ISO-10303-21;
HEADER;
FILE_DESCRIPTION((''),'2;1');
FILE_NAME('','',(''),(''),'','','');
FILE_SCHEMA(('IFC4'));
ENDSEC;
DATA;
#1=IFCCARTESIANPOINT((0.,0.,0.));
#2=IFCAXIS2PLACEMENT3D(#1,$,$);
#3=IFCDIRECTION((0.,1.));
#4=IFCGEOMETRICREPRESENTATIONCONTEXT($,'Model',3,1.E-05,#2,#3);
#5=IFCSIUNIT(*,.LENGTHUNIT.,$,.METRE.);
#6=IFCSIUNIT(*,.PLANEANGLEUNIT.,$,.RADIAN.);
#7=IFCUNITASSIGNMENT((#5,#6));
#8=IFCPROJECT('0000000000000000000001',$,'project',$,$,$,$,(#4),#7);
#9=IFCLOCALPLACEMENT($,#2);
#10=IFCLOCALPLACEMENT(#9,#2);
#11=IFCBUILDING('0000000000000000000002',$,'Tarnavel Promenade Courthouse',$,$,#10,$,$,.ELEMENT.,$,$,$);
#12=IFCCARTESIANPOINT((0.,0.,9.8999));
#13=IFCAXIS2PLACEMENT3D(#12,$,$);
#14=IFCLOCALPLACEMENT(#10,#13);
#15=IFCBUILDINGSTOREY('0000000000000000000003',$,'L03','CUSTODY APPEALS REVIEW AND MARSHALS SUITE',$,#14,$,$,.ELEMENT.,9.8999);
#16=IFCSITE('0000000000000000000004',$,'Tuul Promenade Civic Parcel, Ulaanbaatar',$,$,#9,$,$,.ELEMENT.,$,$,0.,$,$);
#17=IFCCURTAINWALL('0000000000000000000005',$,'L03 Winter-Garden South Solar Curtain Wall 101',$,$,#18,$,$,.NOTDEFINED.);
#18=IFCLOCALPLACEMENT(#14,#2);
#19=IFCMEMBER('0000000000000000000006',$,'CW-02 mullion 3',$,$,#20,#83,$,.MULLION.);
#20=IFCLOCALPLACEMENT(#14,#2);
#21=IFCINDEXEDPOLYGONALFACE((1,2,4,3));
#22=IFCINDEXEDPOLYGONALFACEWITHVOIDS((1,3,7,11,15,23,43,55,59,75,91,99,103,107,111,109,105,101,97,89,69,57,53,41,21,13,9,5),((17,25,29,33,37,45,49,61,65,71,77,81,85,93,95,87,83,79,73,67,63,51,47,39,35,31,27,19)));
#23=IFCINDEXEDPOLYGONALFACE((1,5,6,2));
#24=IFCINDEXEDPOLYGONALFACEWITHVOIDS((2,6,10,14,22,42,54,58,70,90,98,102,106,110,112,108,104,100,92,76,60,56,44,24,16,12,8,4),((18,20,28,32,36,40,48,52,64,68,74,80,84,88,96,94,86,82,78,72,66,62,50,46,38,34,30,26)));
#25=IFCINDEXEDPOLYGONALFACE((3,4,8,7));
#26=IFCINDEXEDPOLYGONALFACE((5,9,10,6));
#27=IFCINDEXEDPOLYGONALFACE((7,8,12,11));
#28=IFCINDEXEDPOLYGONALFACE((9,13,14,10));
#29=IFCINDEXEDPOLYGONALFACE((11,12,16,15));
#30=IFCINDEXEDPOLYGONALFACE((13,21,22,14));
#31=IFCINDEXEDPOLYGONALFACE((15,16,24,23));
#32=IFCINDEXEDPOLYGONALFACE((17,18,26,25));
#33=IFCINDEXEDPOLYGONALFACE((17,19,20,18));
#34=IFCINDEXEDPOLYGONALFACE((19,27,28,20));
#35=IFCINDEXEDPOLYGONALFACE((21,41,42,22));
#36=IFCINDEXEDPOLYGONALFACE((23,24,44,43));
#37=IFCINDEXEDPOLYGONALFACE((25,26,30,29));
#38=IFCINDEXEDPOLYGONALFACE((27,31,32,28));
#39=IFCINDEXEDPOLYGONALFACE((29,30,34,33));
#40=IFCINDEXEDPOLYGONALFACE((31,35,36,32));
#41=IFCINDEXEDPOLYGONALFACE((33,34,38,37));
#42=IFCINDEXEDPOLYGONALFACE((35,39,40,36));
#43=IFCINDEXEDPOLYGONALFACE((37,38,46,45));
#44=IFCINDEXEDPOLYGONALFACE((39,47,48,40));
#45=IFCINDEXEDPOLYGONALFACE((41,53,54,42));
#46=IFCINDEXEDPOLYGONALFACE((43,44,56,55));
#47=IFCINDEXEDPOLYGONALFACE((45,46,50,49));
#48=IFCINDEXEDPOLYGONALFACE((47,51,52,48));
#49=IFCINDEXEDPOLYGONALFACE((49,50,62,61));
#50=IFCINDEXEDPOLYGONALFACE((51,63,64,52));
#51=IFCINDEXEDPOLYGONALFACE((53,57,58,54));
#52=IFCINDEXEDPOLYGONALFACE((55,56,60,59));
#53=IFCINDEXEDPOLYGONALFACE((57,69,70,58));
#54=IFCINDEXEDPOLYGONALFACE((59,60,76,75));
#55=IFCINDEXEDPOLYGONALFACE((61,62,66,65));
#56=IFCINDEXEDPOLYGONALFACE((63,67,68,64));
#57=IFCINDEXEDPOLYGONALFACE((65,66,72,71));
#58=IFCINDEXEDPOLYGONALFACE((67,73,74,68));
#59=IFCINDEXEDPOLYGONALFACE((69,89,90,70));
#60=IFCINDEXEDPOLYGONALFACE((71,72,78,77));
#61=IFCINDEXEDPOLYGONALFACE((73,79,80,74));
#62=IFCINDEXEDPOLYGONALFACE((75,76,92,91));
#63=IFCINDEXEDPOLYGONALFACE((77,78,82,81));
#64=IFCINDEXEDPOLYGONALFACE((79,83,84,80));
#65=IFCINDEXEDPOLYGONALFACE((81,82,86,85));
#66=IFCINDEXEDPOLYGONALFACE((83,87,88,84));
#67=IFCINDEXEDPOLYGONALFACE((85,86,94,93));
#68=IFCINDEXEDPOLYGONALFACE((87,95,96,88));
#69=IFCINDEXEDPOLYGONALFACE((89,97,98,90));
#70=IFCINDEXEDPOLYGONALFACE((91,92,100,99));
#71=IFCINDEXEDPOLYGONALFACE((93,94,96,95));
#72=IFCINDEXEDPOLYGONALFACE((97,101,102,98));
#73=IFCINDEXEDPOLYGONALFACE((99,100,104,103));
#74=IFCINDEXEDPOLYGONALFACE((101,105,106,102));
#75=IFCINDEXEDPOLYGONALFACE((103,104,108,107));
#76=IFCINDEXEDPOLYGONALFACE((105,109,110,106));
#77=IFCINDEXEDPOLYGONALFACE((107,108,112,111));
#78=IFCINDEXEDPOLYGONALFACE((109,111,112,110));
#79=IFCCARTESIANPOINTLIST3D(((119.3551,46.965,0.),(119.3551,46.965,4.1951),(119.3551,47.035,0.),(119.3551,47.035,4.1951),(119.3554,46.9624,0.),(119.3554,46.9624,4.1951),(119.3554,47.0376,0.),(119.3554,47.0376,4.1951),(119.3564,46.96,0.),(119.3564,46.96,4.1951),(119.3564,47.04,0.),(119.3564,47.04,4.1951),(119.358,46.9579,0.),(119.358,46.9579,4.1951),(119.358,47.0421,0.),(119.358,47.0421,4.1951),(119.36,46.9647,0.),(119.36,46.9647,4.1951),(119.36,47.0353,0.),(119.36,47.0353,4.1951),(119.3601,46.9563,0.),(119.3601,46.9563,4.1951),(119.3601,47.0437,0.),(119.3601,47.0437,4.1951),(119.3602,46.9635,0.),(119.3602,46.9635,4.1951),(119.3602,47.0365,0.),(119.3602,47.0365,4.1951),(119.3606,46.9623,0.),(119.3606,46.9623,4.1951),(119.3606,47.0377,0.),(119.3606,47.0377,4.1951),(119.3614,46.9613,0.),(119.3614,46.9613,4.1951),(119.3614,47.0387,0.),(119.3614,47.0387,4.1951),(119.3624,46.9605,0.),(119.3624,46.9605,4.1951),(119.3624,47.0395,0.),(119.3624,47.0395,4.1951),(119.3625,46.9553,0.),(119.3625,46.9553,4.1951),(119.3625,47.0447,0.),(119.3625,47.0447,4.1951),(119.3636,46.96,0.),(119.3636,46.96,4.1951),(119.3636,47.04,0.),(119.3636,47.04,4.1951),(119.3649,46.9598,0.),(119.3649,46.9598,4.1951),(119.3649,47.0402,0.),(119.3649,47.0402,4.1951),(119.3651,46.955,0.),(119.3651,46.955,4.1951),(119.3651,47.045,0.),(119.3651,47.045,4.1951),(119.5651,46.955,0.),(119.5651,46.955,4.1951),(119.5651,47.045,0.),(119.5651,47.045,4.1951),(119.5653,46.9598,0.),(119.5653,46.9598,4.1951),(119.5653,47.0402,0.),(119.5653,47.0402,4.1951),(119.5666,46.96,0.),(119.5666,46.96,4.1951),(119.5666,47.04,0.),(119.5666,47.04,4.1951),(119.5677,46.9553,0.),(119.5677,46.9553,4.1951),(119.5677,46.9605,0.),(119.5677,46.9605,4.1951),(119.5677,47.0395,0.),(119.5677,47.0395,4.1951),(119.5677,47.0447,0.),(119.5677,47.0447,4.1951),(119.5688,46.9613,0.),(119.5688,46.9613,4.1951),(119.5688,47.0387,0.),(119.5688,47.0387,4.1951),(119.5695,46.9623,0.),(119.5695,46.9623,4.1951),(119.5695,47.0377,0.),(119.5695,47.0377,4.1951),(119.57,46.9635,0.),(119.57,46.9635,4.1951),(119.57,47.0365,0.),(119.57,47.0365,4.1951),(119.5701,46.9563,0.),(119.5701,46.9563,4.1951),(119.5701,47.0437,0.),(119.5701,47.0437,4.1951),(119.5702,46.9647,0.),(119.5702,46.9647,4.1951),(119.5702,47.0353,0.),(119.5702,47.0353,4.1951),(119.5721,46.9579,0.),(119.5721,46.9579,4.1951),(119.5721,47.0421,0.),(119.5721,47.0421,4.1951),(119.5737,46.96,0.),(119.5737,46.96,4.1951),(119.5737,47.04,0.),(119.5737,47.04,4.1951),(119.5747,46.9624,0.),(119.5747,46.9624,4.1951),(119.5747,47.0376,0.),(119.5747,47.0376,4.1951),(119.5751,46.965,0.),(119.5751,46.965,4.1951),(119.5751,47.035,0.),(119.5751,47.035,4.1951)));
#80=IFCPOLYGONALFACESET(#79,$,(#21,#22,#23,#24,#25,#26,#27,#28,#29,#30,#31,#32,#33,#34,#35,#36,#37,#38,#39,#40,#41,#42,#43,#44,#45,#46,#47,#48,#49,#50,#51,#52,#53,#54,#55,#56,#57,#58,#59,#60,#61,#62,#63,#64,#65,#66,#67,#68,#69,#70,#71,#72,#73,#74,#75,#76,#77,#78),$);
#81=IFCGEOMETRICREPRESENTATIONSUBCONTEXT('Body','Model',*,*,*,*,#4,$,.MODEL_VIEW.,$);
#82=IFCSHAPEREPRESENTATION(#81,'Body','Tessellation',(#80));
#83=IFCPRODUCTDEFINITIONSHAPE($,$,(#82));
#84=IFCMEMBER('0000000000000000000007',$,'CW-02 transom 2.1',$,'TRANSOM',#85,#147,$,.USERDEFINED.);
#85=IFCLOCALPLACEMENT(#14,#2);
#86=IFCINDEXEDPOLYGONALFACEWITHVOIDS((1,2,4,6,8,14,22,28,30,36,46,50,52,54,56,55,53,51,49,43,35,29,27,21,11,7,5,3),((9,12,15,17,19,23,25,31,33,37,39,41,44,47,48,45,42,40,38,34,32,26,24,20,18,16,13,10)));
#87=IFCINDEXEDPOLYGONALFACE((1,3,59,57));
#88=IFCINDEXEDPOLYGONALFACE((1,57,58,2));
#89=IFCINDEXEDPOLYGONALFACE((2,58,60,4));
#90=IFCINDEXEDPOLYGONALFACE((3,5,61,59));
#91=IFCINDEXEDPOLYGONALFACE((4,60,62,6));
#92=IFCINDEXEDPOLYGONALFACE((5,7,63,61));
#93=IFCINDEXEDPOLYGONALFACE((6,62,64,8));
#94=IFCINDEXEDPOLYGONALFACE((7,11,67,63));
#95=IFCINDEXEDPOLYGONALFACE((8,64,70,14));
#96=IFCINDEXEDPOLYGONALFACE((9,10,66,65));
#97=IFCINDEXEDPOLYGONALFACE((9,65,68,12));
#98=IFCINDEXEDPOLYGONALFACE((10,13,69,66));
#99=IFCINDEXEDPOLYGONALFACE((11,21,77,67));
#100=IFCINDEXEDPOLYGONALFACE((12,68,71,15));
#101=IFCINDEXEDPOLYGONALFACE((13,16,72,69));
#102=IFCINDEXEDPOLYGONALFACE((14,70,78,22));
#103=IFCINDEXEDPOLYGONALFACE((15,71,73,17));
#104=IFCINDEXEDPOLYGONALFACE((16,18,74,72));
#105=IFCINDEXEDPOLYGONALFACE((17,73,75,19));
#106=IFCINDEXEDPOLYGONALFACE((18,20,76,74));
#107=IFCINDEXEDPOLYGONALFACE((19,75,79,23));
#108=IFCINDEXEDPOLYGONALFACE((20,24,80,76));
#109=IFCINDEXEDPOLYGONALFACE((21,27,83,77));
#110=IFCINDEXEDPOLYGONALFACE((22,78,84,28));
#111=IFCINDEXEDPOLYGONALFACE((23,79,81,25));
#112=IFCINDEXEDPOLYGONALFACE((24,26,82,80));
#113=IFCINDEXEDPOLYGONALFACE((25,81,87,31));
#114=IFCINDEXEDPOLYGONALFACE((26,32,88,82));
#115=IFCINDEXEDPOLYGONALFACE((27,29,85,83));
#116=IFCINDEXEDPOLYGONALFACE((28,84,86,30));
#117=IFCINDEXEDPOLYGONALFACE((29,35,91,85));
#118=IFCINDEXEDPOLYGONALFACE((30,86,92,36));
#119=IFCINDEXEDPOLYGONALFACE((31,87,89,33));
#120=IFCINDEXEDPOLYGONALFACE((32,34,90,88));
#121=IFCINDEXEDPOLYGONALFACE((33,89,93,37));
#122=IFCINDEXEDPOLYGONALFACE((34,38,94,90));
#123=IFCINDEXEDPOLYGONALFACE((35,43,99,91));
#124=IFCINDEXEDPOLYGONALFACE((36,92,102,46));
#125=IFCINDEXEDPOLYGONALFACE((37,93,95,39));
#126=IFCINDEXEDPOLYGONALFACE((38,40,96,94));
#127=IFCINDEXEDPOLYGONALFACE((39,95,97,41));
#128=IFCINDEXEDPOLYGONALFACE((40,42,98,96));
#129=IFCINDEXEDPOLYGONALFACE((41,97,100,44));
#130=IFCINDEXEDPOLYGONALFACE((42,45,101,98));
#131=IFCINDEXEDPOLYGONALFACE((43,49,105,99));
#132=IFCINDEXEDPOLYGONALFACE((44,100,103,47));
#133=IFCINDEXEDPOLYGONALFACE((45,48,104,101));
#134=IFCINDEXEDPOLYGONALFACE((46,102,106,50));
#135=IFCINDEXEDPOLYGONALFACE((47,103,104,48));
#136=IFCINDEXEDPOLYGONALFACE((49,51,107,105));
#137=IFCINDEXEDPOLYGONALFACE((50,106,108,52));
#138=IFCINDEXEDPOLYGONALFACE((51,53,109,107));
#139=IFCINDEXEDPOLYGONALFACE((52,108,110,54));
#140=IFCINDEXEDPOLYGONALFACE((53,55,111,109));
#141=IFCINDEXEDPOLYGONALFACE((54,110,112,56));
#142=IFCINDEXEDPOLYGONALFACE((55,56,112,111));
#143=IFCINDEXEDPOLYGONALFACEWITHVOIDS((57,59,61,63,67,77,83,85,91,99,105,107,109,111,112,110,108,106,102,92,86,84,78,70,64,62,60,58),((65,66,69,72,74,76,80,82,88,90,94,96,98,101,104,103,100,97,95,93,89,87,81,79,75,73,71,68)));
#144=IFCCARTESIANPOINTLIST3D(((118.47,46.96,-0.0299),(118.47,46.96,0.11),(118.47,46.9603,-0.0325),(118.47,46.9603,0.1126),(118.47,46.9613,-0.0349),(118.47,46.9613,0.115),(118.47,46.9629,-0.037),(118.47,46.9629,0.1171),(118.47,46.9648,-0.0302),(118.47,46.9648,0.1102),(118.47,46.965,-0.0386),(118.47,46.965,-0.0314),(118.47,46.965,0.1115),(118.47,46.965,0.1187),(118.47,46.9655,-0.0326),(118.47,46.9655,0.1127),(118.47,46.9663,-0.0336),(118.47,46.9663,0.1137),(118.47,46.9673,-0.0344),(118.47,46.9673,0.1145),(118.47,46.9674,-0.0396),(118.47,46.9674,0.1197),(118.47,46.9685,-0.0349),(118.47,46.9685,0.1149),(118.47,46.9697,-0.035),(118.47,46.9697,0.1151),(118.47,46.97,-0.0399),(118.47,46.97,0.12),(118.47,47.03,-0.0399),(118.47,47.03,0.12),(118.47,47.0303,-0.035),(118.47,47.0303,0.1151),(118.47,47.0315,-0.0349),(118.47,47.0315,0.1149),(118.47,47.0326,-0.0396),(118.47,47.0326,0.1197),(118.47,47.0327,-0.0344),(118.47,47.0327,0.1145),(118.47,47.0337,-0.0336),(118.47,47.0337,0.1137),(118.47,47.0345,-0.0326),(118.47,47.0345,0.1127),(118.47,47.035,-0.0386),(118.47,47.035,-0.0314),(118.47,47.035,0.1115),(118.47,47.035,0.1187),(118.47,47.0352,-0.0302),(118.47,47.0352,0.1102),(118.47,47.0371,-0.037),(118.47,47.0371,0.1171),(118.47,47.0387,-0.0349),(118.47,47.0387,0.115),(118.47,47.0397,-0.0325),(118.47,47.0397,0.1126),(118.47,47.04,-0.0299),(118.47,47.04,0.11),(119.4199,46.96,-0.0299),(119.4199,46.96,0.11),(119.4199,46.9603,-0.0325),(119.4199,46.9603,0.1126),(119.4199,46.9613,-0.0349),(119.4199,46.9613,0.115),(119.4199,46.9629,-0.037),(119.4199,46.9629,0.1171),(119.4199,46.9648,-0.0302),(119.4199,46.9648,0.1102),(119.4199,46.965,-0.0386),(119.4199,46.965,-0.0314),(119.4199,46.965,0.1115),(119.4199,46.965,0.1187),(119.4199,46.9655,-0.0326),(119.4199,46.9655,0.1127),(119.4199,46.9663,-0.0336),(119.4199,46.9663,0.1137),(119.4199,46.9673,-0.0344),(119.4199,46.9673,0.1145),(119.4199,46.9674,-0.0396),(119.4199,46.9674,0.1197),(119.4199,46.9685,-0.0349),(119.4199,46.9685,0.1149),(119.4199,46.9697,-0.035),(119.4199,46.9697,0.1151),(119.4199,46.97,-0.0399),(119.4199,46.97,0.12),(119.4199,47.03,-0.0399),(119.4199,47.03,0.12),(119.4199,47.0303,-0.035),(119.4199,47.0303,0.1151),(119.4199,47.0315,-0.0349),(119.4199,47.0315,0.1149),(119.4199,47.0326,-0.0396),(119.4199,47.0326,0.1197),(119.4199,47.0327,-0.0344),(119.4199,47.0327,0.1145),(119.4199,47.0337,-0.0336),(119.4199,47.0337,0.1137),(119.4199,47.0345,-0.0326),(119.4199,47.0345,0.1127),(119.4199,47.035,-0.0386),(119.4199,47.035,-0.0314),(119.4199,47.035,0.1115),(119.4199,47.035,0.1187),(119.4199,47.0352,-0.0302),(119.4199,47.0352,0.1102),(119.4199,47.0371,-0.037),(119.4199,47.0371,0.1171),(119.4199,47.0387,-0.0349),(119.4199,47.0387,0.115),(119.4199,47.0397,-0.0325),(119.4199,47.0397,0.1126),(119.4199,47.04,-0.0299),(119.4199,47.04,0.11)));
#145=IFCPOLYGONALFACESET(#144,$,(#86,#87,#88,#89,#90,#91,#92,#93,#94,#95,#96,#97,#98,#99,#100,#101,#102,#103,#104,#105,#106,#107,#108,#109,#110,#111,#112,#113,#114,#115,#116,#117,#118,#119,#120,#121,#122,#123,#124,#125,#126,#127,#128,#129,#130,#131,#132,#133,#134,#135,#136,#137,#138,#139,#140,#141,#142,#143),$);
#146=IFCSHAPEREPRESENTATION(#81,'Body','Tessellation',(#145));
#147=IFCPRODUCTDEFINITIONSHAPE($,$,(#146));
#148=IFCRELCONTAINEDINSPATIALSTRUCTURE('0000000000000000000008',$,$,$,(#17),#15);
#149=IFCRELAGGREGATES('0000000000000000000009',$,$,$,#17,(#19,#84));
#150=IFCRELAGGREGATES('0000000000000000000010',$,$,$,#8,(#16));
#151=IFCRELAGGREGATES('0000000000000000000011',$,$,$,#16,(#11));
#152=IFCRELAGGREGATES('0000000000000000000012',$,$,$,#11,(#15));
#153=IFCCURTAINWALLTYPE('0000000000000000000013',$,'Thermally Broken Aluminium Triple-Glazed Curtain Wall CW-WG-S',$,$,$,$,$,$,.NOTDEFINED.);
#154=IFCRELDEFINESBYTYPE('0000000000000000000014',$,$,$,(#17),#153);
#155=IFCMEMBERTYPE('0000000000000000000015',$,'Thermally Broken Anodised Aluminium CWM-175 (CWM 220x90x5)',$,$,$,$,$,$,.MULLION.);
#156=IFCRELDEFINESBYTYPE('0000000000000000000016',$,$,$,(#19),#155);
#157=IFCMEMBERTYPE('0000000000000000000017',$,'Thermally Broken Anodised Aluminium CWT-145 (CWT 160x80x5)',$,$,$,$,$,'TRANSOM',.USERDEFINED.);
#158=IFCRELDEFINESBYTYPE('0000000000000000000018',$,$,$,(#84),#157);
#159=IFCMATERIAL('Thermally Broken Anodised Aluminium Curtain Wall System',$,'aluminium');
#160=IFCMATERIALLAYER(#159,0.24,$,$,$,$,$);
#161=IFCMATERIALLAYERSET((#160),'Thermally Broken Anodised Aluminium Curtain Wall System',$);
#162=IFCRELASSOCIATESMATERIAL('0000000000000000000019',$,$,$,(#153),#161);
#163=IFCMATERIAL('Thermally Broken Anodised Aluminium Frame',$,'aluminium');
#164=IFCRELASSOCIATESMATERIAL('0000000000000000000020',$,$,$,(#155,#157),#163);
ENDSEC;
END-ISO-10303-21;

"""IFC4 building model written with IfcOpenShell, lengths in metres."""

from ifc_helpers import new_model, si_unit, direction, frame, origin, origin_2d, place, context, subcontext, project, spatial, hollow_rectangle, extrude, material, layer, layer_set, material_profile, profile_set, type_object, element, aggregate, save


model = new_model("IFC4")

# Units and contexts
model_context = context("Model", 3, precision=1e-05, world=origin(), true_north=direction((0.0, 1.0)))
body_context = subcontext(model_context, "Body", "Model", "MODEL_VIEW")
ifc_project = project(units=[si_unit("LENGTHUNIT", "METRE"), si_unit("PLANEANGLEUNIT", "RADIAN")], contexts=[model_context])

# Site, building, storey
site_placement = place(None, origin())
site = spatial("IfcSite", under=ifc_project, at=site_placement, Name="Tuul Promenade Civic Parcel, Ulaanbaatar", CompositionType="ELEMENT", RefElevation=0.0)
building_placement = place(site_placement, origin())
building = spatial("IfcBuilding", under=site, at=building_placement, Name="Tarnavel Promenade Courthouse", CompositionType="ELEMENT")
storey_placement = place(building_placement, frame((0.0, 0.0, 9.8999)))
storey = spatial("IfcBuildingStorey", under=building, at=storey_placement, Name="L03", Description="CUSTODY APPEALS REVIEW AND MARSHALS SUITE", CompositionType="ELEMENT", Elevation=9.8999)

# Curtain wall, members
ifc_material_1 = material(Name="Thermally Broken Anodised Aluminium Curtain Wall System", Category="aluminium")
ifc_layer_1 = layer(ifc_material_1, 0.24)
ifc_layer_set_1 = layer_set([ifc_layer_1], Name="Thermally Broken Anodised Aluminium Curtain Wall System")
curtain_wall_type = type_object("IfcCurtainWallType", Name="Thermally Broken Aluminium Triple-Glazed Curtain Wall CW-WG-S", PredefinedType="NOTDEFINED", material=ifc_layer_set_1)
curtain_wall_placement = place(storey_placement, origin())
curtain_wall = element("IfcCurtainWall", 1, at=curtain_wall_placement, inside=storey, type_object=curtain_wall_type, Name="L03 Winter-Garden South Solar Curtain Wall 101", PredefinedType="NOTDEFINED")
ifc_material_2 = material(Name="Thermally Broken Anodised Aluminium Frame", Category="aluminium")
ifc_material_profile_1 = material_profile(ifc_material_2, hollow_rectangle(XDim=0.0901, YDim=0.22, WallThickness=0.0049, InnerFilletRadius=0.0049, OuterFilletRadius=0.01, at=origin_2d()), Name="CWM 220x90x5")
ifc_profile_set_1 = profile_set([ifc_material_profile_1], Name="Thermally Broken Anodised Aluminium Frame")
member_type_1 = type_object("IfcMemberType", Name="Thermally Broken Anodised Aluminium CWM-175 (CWM 220x90x5)", PredefinedType="MULLION", material=ifc_profile_set_1)
member_1_placement = place(storey_placement, frame((119.4651, 47.0, 0.0), z_axis=(0.0, 0.0, 1.0), x_axis=(0.0, 1.0, 0.0)))
member_1 = element("IfcMember", 2, at=member_1_placement, type_object=member_type_1, Name="CW-02 mullion 3", PredefinedType="MULLION", context=body_context, shape_type="SweptSolid", body=[
    extrude(hollow_rectangle(XDim=0.0901, YDim=0.22, WallThickness=0.0049, InnerFilletRadius=0.0049, OuterFilletRadius=0.01, at=origin_2d()), origin(), (0.0, 0.0, 1.0), 4.1951),
])
ifc_material_profile_2 = material_profile(ifc_material_2, hollow_rectangle(XDim=0.0801, YDim=0.1599, WallThickness=0.0049, InnerFilletRadius=0.0049, OuterFilletRadius=0.01, at=origin_2d()), Name="CWT 160x80x5")
ifc_profile_set_2 = profile_set([ifc_material_profile_2], Name="Thermally Broken Anodised Aluminium Frame")
member_type_2 = type_object("IfcMemberType", Name="Thermally Broken Anodised Aluminium CWT-145 (CWT 160x80x5)", ElementType="TRANSOM", PredefinedType="USERDEFINED", material=ifc_profile_set_2)
member_2_placement = place(storey_placement, frame((118.47, 47.0, 0.04), z_axis=(1.0, 0.0, 0.0), x_axis=(0.0, 1.0, 0.0)))
member_2 = element("IfcMember", 3, at=member_2_placement, type_object=member_type_2, Name="CW-02 transom 2.1", ObjectType="TRANSOM", PredefinedType="USERDEFINED", context=body_context, shape_type="SweptSolid", body=[
    extrude(hollow_rectangle(XDim=0.0801, YDim=0.1599, WallThickness=0.0049, InnerFilletRadius=0.0049, OuterFilletRadius=0.01, at=origin_2d()), origin(), (0.0, 0.0, 1.0), 0.95),
])
aggregate(curtain_wall, [member_1, member_2])

save(model, "model.ifc")
